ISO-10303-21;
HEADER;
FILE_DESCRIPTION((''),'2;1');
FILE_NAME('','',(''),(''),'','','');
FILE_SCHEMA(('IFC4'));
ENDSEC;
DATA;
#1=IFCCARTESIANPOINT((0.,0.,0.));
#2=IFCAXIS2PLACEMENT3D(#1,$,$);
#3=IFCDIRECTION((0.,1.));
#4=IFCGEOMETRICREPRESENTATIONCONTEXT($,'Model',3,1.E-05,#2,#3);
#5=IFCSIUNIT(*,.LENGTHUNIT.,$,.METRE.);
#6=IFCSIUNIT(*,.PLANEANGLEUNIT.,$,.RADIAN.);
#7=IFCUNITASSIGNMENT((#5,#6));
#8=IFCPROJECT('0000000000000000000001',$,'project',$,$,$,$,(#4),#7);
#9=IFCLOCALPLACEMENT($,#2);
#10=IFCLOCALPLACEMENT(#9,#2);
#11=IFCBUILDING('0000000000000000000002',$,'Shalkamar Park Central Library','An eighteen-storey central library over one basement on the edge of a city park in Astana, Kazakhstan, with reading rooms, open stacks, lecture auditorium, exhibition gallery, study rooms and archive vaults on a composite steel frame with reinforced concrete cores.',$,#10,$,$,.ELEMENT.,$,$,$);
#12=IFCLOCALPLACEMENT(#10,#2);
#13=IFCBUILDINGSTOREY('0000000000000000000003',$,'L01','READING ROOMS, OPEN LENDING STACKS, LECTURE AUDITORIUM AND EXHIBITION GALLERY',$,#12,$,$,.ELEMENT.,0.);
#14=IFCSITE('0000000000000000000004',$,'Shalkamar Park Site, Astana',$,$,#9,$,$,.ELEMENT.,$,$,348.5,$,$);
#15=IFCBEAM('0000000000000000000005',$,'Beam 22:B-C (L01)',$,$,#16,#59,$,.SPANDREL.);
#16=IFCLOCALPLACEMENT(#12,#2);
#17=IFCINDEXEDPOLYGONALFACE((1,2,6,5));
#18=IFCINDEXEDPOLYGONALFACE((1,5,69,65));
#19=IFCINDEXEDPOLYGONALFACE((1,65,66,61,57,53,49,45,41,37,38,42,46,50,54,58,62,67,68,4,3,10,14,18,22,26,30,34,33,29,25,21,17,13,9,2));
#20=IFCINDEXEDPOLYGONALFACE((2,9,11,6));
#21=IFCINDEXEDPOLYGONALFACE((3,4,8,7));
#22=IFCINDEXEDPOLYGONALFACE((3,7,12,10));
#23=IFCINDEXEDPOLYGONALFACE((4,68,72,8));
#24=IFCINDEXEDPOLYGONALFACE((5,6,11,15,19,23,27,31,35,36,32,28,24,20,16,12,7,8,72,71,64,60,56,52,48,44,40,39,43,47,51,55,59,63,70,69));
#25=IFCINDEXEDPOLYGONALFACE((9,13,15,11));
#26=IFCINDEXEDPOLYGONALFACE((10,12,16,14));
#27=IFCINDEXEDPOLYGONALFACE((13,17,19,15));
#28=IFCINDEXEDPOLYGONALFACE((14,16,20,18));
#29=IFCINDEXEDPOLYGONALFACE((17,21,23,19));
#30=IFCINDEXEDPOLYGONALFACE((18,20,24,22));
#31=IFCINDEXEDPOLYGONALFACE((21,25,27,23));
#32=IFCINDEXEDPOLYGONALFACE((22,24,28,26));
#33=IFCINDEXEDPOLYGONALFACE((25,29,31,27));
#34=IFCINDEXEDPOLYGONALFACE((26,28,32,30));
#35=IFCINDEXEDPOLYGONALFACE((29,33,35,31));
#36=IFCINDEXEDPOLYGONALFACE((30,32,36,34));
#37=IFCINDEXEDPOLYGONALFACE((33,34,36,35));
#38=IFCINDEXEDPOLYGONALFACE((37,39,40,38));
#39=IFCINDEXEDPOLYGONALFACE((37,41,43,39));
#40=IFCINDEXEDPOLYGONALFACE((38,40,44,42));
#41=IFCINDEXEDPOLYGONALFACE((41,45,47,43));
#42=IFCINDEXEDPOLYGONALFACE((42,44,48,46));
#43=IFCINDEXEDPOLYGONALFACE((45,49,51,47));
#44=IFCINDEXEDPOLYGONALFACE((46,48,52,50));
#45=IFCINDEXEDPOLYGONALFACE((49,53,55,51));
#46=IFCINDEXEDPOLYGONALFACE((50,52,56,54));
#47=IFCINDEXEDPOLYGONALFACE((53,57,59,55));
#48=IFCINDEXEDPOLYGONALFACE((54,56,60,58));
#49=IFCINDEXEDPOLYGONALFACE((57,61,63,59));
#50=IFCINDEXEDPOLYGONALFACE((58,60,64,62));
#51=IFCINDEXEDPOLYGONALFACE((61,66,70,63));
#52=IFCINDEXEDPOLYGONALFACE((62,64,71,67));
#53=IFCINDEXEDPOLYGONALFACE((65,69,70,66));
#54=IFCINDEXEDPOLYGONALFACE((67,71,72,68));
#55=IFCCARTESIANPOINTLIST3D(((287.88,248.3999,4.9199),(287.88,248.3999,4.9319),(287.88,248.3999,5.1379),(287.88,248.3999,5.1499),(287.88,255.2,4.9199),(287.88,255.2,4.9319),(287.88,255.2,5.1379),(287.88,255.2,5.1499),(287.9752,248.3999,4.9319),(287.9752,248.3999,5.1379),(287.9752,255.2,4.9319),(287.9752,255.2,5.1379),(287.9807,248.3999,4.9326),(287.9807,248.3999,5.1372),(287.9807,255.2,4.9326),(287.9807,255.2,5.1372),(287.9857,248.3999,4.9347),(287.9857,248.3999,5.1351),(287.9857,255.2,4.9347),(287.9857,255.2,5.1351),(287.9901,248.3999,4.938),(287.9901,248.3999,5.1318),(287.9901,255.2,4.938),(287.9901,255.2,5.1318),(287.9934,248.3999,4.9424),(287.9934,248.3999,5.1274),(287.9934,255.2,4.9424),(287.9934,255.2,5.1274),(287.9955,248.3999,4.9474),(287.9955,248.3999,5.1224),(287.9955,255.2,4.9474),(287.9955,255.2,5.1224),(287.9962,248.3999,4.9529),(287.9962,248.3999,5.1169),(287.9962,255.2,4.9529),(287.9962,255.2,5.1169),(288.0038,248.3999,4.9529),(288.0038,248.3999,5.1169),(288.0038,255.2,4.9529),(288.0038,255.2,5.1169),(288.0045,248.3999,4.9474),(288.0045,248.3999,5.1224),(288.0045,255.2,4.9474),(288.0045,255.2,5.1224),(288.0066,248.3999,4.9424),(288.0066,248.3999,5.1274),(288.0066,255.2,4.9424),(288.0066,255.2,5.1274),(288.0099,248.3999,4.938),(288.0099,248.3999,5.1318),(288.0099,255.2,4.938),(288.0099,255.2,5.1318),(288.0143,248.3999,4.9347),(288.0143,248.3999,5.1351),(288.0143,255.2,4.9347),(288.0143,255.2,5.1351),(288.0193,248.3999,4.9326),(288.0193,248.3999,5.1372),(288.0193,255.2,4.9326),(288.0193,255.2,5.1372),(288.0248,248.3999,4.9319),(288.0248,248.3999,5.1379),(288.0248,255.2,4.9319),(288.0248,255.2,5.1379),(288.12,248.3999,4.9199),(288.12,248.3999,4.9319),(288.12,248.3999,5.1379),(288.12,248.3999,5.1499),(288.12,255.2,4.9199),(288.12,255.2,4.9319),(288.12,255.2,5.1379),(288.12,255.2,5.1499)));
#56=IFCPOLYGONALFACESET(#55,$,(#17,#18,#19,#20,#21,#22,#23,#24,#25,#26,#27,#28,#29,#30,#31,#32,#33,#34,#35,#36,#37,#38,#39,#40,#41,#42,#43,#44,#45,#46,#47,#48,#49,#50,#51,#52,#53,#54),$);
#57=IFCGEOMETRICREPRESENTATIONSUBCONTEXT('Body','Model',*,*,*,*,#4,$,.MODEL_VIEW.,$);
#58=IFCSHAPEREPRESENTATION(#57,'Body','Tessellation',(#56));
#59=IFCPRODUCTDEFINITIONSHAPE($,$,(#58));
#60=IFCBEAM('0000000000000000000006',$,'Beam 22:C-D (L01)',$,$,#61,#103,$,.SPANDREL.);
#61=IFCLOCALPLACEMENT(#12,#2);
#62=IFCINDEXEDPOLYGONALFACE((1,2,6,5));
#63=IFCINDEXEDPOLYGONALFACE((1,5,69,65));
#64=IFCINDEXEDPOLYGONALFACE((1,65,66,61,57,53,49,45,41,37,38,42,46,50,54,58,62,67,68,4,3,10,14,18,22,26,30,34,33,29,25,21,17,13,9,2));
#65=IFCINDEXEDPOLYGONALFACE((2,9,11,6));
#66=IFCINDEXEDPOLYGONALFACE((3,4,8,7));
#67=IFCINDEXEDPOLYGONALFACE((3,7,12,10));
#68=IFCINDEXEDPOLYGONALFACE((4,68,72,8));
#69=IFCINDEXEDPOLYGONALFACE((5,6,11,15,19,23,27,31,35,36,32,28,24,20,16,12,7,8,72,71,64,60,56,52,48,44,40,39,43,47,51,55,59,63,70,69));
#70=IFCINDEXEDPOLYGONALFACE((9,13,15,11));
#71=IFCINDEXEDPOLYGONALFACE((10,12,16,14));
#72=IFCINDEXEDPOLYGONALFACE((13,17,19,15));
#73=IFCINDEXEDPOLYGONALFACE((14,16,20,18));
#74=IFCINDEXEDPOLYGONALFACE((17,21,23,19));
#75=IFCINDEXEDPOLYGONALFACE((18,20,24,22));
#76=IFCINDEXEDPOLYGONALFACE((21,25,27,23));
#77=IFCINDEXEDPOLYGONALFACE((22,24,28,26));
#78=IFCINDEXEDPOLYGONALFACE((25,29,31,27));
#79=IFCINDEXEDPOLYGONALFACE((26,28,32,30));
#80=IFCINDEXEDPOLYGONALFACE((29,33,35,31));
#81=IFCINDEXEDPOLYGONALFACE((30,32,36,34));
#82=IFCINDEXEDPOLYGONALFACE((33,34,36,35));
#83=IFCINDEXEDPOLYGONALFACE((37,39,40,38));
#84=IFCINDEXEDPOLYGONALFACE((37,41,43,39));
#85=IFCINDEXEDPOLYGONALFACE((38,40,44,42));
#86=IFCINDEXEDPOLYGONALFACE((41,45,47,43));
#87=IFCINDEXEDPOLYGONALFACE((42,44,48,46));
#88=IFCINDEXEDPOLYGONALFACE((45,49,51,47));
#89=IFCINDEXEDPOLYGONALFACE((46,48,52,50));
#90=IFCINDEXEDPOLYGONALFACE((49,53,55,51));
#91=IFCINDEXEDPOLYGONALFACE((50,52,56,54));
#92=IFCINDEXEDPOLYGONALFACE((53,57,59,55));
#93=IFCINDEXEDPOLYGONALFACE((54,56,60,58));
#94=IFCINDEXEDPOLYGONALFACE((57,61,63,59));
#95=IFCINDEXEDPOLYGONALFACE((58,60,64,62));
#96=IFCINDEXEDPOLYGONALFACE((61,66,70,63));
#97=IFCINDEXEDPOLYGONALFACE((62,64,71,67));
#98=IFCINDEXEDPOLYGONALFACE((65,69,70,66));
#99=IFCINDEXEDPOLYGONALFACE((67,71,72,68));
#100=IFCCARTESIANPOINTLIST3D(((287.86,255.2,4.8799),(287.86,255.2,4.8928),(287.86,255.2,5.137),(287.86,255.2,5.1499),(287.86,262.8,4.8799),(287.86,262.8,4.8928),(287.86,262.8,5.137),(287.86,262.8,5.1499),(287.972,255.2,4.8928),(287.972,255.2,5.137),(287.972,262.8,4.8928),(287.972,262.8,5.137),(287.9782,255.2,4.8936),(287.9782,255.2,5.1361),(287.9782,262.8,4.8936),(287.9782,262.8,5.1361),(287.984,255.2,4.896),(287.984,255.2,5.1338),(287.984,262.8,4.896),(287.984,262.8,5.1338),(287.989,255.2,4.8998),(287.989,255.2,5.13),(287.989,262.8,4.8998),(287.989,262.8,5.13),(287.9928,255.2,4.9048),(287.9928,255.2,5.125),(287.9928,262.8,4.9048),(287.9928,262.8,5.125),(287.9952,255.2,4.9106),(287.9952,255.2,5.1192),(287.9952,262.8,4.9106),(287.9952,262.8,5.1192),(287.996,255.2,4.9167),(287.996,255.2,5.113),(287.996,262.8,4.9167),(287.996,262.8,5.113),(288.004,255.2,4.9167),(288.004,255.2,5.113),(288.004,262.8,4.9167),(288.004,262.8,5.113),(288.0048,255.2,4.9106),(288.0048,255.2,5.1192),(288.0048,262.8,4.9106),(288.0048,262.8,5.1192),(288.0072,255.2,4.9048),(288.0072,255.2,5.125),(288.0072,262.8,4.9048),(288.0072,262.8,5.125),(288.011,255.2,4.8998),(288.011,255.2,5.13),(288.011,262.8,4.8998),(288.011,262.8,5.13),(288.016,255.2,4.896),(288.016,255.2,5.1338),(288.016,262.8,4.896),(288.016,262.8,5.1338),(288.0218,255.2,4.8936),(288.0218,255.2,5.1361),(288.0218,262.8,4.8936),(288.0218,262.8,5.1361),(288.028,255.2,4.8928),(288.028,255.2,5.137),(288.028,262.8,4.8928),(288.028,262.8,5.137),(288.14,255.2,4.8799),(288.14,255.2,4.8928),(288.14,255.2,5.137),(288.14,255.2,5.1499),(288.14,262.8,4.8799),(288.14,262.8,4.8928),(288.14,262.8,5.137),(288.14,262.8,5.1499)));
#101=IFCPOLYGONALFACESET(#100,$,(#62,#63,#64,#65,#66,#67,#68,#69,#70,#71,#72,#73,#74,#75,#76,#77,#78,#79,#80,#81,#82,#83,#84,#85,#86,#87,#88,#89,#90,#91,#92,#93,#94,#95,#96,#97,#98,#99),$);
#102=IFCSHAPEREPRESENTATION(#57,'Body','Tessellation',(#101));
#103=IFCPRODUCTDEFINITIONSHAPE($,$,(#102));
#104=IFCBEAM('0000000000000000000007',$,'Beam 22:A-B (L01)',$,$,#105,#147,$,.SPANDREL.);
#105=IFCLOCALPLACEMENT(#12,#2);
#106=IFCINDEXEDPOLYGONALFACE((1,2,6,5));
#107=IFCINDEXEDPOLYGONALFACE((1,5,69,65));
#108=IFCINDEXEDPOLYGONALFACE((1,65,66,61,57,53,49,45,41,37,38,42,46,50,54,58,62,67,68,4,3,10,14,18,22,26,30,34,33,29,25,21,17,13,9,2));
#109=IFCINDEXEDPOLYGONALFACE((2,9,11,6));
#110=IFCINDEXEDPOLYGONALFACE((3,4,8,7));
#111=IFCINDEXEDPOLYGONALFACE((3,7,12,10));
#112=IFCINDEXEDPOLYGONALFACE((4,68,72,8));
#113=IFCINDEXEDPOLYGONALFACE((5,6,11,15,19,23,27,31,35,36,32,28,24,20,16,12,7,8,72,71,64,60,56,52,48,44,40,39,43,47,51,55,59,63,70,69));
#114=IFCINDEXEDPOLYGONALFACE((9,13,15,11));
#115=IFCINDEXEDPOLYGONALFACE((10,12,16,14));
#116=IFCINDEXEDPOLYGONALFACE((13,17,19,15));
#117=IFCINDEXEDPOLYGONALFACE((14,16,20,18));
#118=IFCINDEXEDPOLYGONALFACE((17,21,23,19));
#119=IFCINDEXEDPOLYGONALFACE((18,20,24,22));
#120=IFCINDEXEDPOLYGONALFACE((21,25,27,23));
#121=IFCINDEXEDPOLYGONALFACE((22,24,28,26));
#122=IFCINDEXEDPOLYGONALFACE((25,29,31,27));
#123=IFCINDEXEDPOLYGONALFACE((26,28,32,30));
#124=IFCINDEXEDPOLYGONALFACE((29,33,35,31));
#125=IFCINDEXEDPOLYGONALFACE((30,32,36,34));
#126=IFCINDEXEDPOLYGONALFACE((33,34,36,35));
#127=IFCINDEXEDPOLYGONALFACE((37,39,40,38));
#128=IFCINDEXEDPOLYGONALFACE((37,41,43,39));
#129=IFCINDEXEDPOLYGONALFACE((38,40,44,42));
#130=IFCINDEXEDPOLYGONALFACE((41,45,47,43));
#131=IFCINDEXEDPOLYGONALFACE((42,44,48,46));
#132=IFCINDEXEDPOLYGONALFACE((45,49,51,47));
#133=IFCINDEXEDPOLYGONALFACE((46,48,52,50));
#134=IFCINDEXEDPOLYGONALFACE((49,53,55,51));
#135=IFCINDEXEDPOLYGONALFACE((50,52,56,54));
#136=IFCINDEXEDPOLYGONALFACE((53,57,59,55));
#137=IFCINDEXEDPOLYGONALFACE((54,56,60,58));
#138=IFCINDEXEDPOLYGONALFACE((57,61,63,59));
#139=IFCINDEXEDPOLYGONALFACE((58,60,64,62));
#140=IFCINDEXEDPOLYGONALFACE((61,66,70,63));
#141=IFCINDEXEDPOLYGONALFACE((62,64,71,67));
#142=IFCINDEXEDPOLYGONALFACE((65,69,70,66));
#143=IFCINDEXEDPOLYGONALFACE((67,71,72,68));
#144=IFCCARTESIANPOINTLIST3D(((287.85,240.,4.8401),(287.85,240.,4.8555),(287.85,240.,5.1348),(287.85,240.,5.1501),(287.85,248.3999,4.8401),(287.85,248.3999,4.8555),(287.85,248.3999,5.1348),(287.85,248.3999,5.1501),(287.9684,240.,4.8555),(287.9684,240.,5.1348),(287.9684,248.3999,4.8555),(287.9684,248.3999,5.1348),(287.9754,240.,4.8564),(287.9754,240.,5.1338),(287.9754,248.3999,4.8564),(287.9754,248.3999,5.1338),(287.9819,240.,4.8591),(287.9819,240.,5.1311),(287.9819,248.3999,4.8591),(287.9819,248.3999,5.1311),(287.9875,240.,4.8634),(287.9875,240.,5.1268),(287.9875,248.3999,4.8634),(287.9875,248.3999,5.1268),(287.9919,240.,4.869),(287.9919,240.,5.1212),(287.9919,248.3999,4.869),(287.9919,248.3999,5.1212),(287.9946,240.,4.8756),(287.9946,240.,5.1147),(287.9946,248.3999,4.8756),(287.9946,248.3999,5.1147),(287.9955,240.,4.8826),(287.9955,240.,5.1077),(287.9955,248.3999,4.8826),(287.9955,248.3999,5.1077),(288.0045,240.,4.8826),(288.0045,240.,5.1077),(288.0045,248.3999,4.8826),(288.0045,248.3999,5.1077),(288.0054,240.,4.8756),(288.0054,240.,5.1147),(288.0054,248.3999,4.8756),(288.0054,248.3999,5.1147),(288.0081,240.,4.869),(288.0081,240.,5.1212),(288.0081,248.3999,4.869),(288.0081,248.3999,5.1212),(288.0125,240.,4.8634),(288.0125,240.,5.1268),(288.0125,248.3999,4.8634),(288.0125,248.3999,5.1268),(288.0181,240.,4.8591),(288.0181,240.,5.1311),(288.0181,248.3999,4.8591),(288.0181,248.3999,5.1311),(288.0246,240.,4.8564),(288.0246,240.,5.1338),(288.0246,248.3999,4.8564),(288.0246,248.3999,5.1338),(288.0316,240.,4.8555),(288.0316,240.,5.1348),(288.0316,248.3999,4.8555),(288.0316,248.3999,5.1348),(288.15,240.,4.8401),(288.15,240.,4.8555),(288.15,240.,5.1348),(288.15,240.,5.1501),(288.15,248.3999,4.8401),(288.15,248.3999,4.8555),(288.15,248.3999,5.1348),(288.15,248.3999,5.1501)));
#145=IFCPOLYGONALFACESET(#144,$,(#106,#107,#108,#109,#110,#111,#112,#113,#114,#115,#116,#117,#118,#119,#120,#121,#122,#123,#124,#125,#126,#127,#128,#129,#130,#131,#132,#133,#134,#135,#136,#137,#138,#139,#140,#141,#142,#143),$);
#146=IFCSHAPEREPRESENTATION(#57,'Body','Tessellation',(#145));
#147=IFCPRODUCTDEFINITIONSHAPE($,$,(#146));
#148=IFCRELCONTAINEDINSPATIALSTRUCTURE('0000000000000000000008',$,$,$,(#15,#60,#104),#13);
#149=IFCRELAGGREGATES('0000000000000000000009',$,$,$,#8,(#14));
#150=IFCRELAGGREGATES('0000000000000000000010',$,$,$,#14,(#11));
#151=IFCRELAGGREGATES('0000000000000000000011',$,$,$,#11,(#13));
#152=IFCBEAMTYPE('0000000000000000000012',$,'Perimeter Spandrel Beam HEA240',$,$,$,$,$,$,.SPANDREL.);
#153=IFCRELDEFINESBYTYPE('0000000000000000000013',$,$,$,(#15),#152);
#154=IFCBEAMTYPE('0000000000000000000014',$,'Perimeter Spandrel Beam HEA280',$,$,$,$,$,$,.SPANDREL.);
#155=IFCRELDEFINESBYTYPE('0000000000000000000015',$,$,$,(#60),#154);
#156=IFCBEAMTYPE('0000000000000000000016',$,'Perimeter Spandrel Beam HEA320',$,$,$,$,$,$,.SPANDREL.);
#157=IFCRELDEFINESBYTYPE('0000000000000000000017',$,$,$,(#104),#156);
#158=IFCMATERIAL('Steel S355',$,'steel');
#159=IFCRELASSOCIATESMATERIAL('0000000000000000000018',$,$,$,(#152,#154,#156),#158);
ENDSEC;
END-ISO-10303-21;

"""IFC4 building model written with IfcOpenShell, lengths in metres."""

from ifc_helpers import new_model, si_unit, direction, frame, origin, origin_2d, place, context, subcontext, project, spatial, i_section, extrude, material, material_profile, profile_set, type_object, element, save


model = new_model("IFC4")

# Units and contexts
model_context = context("Model", 3, precision=1e-05, world=origin(), true_north=direction((0.0, 1.0)))
body_context = subcontext(model_context, "Body", "Model", "MODEL_VIEW")
ifc_project = project(units=[si_unit("LENGTHUNIT", "METRE"), si_unit("PLANEANGLEUNIT", "RADIAN")], contexts=[model_context])

# Site, building, storey
site_placement = place(None, origin())
site = spatial("IfcSite", under=ifc_project, at=site_placement, Name="Shalkamar Park Site, Astana", CompositionType="ELEMENT", RefElevation=348.5)
building_placement = place(site_placement, origin())
building = spatial("IfcBuilding", under=site, at=building_placement, Name="Shalkamar Park Central Library", Description="An eighteen-storey central library over one basement on the edge of a city park in Astana, Kazakhstan, with reading rooms, open stacks, lecture auditorium, exhibition gallery, study rooms and archive vaults on a composite steel frame with reinforced concrete cores.", CompositionType="ELEMENT")
storey_placement = place(building_placement, origin())
storey = spatial("IfcBuildingStorey", under=building, at=storey_placement, Name="L01", Description="READING ROOMS, OPEN LENDING STACKS, LECTURE AUDITORIUM AND EXHIBITION GALLERY", CompositionType="ELEMENT", Elevation=0.0)

# Shared definitions
ifc_material_1 = material(Name="Steel S355", Category="steel")

# Beams
ifc_material_profile_1 = material_profile(ifc_material_1, i_section(OverallWidth=0.24, OverallDepth=0.23, WebThickness=0.0076, FlangeThickness=0.012, FilletRadius=0.021, at=origin_2d()), Name="HEA 240")
ifc_profile_set_1 = profile_set([ifc_material_profile_1], Name="Steel S355")
beam_type_1 = type_object("IfcBeamType", Name="Perimeter Spandrel Beam HEA240", PredefinedType="SPANDREL", material=ifc_profile_set_1)
beam_1_placement = place(storey_placement, frame((288.0, 248.3999, 5.0349), z_axis=(0.0, 1.0, 0.0), x_axis=(-1.0, 0.0, 0.0)))
element("IfcBeam", 1, at=beam_1_placement, inside=storey, type_object=beam_type_1, Name="Beam 22:B-C (L01)", PredefinedType="SPANDREL", context=body_context, shape_type="SweptSolid", body=[
    extrude(i_section(OverallWidth=0.24, OverallDepth=0.23, WebThickness=0.0076, FlangeThickness=0.012, FilletRadius=0.021, at=origin_2d()), origin(), (0.0, 0.0, 1.0), 6.8),
])
ifc_material_profile_2 = material_profile(ifc_material_1, i_section(OverallWidth=0.28, OverallDepth=0.27, WebThickness=0.0081, FlangeThickness=0.0129, FilletRadius=0.0239, at=origin_2d()), Name="HEA 280")
ifc_profile_set_2 = profile_set([ifc_material_profile_2], Name="Steel S355")
beam_type_2 = type_object("IfcBeamType", Name="Perimeter Spandrel Beam HEA280", PredefinedType="SPANDREL", material=ifc_profile_set_2)
beam_2_placement = place(storey_placement, frame((288.0, 255.2, 5.0149), z_axis=(0.0, 1.0, 0.0), x_axis=(-1.0, 0.0, 0.0)))
element("IfcBeam", 2, at=beam_2_placement, inside=storey, type_object=beam_type_2, Name="Beam 22:C-D (L01)", PredefinedType="SPANDREL", context=body_context, shape_type="SweptSolid", body=[
    extrude(i_section(OverallWidth=0.28, OverallDepth=0.27, WebThickness=0.0081, FlangeThickness=0.0129, FilletRadius=0.0239, at=origin_2d()), origin(), (0.0, 0.0, 1.0), 7.6001),
])
ifc_material_profile_3 = material_profile(ifc_material_1, i_section(OverallWidth=0.3, OverallDepth=0.3101, WebThickness=0.009, FlangeThickness=0.0154, FilletRadius=0.0271, at=origin_2d()), Name="HEA 320")
ifc_profile_set_3 = profile_set([ifc_material_profile_3], Name="Steel S355")
beam_type_3 = type_object("IfcBeamType", Name="Perimeter Spandrel Beam HEA320", PredefinedType="SPANDREL", material=ifc_profile_set_3)
beam_3_placement = place(storey_placement, frame((288.0, 240.0, 4.9951), z_axis=(0.0, 1.0, 0.0), x_axis=(-1.0, 0.0, 0.0)))
element("IfcBeam", 3, at=beam_3_placement, inside=storey, type_object=beam_type_3, Name="Beam 22:A-B (L01)", PredefinedType="SPANDREL", context=body_context, shape_type="SweptSolid", body=[
    extrude(i_section(OverallWidth=0.3, OverallDepth=0.3101, WebThickness=0.009, FlangeThickness=0.0154, FilletRadius=0.0271, at=origin_2d()), origin(), (0.0, 0.0, 1.0), 8.3999),
])

save(model, "model.ifc")
